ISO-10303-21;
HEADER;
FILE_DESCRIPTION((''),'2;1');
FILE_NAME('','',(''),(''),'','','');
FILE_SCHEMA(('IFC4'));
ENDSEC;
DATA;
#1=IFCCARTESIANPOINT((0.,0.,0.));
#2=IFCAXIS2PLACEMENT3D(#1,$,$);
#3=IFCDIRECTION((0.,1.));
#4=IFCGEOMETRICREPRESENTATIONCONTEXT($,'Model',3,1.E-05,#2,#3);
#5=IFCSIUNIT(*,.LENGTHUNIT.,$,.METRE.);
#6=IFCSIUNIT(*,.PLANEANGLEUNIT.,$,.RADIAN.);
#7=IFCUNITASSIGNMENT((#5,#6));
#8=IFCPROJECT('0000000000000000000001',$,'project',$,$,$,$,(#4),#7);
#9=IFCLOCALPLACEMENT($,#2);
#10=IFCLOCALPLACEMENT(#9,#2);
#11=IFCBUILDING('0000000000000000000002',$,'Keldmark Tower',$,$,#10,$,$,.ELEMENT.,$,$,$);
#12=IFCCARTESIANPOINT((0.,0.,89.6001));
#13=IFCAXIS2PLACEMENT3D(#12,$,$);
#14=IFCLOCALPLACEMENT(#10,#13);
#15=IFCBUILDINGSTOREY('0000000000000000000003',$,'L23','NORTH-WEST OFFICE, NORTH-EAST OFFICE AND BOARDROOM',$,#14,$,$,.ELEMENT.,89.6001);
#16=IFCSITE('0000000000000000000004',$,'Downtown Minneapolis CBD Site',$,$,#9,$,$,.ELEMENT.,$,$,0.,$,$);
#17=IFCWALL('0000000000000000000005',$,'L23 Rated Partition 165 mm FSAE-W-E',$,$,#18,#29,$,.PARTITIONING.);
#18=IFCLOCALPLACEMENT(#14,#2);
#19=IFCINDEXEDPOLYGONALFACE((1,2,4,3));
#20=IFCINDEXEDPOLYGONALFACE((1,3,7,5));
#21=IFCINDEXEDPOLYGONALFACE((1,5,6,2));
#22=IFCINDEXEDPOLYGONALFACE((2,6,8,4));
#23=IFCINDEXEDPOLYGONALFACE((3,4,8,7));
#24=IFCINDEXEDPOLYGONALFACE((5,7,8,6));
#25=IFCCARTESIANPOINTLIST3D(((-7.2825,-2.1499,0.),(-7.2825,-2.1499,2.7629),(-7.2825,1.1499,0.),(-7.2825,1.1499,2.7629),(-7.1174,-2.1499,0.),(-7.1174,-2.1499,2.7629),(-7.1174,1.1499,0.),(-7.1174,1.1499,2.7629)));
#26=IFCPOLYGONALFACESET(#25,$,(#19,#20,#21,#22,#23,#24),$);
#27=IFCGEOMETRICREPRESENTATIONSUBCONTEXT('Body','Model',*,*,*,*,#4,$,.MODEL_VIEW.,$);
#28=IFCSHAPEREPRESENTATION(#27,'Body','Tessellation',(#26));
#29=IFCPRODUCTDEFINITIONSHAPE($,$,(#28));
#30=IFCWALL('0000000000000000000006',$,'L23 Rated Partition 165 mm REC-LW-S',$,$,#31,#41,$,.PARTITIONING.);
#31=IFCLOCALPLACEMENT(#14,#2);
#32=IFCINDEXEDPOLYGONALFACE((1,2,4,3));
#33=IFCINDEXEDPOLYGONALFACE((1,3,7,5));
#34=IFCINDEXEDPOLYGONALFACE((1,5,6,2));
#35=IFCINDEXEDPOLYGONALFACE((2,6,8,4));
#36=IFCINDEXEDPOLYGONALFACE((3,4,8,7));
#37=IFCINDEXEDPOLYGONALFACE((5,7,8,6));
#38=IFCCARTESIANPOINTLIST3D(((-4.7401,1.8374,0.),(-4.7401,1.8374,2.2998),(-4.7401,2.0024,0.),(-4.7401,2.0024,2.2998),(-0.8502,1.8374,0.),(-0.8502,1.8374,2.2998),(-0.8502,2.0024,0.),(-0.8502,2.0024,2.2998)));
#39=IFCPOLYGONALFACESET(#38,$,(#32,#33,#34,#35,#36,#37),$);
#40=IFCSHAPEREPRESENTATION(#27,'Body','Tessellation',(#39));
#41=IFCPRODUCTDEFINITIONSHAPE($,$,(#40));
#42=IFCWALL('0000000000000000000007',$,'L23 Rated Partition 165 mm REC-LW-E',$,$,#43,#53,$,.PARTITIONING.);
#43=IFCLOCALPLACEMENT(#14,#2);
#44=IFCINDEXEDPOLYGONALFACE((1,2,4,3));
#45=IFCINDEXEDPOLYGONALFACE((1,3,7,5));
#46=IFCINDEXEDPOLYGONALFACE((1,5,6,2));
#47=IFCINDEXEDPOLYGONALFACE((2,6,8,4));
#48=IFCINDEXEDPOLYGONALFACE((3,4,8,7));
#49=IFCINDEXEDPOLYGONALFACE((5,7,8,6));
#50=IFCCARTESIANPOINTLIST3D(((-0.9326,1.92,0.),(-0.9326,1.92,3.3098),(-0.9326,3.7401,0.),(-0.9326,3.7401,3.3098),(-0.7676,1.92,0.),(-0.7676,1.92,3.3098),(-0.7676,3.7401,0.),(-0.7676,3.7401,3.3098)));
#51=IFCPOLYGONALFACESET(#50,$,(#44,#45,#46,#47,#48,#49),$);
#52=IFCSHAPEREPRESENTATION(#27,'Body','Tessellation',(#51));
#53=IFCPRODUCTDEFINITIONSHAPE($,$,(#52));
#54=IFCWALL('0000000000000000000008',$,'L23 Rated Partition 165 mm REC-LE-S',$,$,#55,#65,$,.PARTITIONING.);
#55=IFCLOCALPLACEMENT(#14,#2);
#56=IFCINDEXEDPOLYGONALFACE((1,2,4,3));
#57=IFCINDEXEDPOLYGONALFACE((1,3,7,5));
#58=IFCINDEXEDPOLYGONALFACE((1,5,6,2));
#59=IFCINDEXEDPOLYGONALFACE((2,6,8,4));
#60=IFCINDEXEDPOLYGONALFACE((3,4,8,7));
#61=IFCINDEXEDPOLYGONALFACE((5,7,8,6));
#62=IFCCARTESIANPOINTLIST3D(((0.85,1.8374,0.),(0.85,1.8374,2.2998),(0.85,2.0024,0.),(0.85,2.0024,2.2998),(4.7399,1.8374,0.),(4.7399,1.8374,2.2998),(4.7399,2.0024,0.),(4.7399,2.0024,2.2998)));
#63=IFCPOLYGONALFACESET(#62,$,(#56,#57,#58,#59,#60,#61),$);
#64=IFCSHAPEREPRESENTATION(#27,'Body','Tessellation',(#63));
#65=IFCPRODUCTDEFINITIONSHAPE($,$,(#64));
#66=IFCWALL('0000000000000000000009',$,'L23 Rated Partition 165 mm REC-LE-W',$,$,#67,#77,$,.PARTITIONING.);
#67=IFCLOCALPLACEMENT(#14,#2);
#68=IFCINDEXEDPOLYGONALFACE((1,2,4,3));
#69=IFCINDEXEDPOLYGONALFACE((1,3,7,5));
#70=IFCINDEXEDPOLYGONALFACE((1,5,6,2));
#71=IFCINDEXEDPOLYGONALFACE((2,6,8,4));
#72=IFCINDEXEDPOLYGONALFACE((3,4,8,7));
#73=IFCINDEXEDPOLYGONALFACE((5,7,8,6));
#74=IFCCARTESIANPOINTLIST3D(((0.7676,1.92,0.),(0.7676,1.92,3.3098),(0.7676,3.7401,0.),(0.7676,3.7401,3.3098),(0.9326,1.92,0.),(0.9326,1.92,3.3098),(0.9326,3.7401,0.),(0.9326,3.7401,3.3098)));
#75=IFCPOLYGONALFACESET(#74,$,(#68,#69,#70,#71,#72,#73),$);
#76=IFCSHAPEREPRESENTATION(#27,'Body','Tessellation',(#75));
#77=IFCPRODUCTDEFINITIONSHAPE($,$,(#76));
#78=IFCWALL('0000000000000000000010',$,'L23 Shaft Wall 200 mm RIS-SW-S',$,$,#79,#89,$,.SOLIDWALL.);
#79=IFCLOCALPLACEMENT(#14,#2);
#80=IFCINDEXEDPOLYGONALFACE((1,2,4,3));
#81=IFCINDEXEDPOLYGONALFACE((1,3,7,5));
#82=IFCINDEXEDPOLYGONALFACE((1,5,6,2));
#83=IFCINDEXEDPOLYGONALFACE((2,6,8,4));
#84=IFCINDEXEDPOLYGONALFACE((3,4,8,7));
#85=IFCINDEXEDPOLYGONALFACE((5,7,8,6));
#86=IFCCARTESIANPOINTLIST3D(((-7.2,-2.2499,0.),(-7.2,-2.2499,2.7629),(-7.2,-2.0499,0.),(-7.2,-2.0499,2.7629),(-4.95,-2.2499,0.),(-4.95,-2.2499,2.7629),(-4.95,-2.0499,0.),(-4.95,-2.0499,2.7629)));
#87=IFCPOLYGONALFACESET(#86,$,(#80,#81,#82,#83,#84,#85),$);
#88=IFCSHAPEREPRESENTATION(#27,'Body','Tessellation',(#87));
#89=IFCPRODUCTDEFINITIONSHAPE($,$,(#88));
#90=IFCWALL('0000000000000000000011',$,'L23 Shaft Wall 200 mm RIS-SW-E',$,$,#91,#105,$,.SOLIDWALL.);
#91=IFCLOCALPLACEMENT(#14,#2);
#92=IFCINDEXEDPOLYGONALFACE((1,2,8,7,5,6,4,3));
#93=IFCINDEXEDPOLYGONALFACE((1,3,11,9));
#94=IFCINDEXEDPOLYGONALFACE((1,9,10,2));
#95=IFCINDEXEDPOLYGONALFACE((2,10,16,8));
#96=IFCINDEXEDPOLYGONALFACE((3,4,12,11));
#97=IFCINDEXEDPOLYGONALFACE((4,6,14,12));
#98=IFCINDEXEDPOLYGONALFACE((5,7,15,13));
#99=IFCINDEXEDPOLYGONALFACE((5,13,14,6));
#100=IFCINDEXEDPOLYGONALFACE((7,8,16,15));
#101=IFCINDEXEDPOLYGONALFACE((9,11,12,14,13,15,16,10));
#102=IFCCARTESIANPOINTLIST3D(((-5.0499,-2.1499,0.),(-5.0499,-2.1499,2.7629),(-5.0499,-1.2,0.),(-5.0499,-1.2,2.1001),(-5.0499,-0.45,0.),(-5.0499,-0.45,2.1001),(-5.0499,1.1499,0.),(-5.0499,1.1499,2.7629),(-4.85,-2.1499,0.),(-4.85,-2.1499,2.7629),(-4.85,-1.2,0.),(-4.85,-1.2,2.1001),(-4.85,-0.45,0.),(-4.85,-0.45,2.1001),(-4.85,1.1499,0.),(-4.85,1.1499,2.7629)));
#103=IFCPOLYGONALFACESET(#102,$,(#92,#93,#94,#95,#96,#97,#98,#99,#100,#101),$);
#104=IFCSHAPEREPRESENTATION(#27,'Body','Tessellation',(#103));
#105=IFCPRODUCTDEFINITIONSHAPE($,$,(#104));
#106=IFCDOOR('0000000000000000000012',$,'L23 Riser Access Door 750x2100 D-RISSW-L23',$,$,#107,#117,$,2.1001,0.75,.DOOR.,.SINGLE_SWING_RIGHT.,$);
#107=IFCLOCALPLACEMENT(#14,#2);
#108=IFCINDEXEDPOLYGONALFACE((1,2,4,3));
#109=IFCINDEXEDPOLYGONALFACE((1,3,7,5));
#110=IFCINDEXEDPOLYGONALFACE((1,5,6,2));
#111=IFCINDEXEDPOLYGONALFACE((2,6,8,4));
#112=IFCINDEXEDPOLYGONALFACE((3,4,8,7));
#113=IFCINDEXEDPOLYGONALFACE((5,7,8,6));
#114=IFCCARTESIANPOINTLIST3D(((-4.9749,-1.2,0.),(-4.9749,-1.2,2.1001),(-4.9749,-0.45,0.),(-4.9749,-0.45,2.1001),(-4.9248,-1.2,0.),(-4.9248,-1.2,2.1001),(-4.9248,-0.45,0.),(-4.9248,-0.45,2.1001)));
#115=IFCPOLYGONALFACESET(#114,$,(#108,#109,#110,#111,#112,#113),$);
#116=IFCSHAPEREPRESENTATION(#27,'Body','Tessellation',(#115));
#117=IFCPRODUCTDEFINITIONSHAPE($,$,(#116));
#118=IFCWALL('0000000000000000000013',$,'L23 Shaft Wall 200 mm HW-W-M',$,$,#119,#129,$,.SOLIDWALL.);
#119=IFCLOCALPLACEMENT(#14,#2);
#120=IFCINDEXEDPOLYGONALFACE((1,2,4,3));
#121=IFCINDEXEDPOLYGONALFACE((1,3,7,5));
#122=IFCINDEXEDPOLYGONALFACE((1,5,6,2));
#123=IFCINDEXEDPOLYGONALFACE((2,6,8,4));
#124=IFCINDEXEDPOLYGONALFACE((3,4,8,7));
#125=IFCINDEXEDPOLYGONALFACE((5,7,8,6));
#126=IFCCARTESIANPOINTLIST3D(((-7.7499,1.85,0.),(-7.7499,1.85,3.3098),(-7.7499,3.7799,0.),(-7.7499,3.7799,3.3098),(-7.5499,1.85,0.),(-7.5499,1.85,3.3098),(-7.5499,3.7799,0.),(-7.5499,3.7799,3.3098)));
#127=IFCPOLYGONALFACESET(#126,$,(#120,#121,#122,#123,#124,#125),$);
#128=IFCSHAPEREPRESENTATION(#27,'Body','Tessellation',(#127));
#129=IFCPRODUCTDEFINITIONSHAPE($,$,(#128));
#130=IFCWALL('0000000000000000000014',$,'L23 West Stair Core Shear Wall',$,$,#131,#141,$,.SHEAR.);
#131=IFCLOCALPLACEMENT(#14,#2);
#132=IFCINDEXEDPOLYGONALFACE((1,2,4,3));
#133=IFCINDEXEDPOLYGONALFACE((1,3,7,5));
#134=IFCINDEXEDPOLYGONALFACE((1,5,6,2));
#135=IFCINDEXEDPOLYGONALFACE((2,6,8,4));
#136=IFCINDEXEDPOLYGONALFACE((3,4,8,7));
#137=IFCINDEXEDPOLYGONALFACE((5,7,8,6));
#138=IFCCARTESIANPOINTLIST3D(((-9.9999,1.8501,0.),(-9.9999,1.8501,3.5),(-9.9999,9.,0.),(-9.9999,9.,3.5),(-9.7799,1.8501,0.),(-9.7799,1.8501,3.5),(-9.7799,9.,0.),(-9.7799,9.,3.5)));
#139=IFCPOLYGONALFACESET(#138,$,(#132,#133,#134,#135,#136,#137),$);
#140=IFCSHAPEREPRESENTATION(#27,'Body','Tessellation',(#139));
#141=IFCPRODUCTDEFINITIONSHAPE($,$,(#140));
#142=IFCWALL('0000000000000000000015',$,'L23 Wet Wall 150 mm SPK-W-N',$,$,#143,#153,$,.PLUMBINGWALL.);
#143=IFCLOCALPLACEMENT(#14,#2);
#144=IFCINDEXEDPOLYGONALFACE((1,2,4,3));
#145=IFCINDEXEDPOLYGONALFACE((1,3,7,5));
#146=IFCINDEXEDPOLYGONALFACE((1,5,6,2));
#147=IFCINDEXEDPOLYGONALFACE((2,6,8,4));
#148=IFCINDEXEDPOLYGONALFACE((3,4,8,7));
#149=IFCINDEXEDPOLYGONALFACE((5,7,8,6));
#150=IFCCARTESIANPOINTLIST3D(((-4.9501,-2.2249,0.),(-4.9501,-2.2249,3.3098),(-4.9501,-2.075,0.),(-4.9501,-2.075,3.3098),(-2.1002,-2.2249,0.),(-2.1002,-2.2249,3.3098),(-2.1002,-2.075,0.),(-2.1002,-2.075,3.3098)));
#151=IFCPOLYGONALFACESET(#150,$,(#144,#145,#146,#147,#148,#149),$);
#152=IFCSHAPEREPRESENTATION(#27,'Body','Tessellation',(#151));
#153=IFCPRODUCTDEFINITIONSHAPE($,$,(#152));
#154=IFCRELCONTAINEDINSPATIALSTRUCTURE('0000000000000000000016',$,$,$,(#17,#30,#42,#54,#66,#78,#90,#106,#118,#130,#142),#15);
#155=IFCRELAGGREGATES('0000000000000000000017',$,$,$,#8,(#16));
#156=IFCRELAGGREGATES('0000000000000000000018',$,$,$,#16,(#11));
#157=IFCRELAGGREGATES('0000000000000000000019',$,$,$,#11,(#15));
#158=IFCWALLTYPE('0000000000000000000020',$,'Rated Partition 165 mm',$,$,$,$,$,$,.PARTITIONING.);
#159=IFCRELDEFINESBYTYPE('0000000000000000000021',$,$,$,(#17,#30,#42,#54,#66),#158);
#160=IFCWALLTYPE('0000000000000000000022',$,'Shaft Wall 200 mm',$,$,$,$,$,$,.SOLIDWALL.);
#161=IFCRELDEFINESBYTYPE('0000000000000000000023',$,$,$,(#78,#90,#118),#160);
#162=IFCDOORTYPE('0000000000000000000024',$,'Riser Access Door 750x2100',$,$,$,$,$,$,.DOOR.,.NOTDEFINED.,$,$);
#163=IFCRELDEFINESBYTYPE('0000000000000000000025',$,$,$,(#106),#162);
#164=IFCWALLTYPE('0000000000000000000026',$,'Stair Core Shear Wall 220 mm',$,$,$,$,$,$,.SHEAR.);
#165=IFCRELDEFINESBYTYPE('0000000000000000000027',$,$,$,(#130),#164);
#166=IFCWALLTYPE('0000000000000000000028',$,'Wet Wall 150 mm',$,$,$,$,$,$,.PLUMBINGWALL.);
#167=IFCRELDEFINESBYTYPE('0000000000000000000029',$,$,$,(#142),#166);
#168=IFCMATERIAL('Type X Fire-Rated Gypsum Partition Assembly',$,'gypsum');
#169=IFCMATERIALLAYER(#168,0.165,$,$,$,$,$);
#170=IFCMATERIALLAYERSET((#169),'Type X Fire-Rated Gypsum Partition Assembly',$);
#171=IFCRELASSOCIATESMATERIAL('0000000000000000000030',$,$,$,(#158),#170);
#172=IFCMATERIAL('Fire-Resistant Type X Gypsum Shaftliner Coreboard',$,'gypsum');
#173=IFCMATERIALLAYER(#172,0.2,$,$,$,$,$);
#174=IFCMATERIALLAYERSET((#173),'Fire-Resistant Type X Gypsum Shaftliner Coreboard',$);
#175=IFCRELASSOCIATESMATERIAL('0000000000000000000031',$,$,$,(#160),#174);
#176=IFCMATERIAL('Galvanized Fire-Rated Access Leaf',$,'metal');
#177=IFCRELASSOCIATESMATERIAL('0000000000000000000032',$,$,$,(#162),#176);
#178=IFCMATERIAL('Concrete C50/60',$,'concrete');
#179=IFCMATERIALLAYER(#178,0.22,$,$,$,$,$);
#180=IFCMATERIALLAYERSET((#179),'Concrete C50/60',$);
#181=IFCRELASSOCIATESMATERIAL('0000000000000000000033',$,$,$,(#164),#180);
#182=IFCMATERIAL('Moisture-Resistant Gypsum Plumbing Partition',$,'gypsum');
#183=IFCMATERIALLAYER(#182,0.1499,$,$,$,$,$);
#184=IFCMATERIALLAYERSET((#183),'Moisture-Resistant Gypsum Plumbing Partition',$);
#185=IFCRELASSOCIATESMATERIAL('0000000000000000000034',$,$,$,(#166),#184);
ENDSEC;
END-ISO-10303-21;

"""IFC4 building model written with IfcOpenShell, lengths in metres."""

from ifc_helpers import new_model, si_unit, direction, frame, frame_2d, origin, place, context, subcontext, project, spatial, rectangle, extrude, material, layer, layer_set, type_object, element, fill, save


model = new_model("IFC4")

# Units and contexts
model_context = context("Model", 3, precision=1e-05, world=origin(), true_north=direction((0.0, 1.0)))
body_context = subcontext(model_context, "Body", "Model", "MODEL_VIEW")
ifc_project = project(units=[si_unit("LENGTHUNIT", "METRE"), si_unit("PLANEANGLEUNIT", "RADIAN")], contexts=[model_context])

# Site, building, storey
site_placement = place(None, origin())
site = spatial("IfcSite", under=ifc_project, at=site_placement, Name="Downtown Minneapolis CBD Site", CompositionType="ELEMENT", RefElevation=0.0)
building_placement = place(site_placement, origin())
building = spatial("IfcBuilding", under=site, at=building_placement, Name="Keldmark Tower", CompositionType="ELEMENT")
storey_placement = place(building_placement, frame((0.0, 0.0, 89.6001)))
storey = spatial("IfcBuildingStorey", under=building, at=storey_placement, Name="L23", Description="NORTH-WEST OFFICE, NORTH-EAST OFFICE AND BOARDROOM", CompositionType="ELEMENT", Elevation=89.6001)

# Walls
ifc_material_1 = material(Name="Type X Fire-Rated Gypsum Partition Assembly", Category="gypsum")
ifc_layer_1 = layer(ifc_material_1, 0.165)
ifc_layer_set_1 = layer_set([ifc_layer_1], Name="Type X Fire-Rated Gypsum Partition Assembly")
wall_type_1 = type_object("IfcWallType", Name="Rated Partition 165 mm", PredefinedType="PARTITIONING", material=ifc_layer_set_1)
wall_1_placement = place(storey_placement, frame((-7.2, -2.1499, 0.0), z_axis=(0.0, 0.0, 1.0), x_axis=(0.0, 1.0, 0.0)))
element("IfcWall", 1, at=wall_1_placement, inside=storey, type_object=wall_type_1, Name="L23 Rated Partition 165 mm FSAE-W-E", PredefinedType="PARTITIONING", context=body_context, shape_type="SweptSolid", body=[
    extrude(rectangle(XDim=3.2998, YDim=0.165, at=frame_2d((1.6499, 0.0))), origin(), (0.0, 0.0, 1.0), 2.7629),
])
wall_2_placement = place(storey_placement, frame((-4.74, 1.9199, 0.0), z_axis=(0.0, 0.0, 1.0), x_axis=(1.0, 0.0, 0.0)))
element("IfcWall", 2, at=wall_2_placement, inside=storey, type_object=wall_type_1, Name="L23 Rated Partition 165 mm REC-LW-S", PredefinedType="PARTITIONING", context=body_context, shape_type="SweptSolid", body=[
    extrude(rectangle(XDim=3.8899, YDim=0.165, at=frame_2d((1.9448, 0.0))), origin(), (0.0, 0.0, 1.0), 2.2998),
])
wall_3_placement = place(storey_placement, frame((-0.8501, 1.9199, 0.0), z_axis=(0.0, 0.0, 1.0), x_axis=(0.0, 1.0, 0.0)))
element("IfcWall", 3, at=wall_3_placement, inside=storey, type_object=wall_type_1, Name="L23 Rated Partition 165 mm REC-LW-E", PredefinedType="PARTITIONING", context=body_context, shape_type="SweptSolid", body=[
    extrude(rectangle(XDim=1.8201, YDim=0.165, at=frame_2d((0.9102, 0.0))), origin(), (0.0, 0.0, 1.0), 3.3098),
])
wall_4_placement = place(storey_placement, frame((0.8501, 1.9199, 0.0), z_axis=(0.0, 0.0, 1.0), x_axis=(1.0, 0.0, 0.0)))
element("IfcWall", 4, at=wall_4_placement, inside=storey, type_object=wall_type_1, Name="L23 Rated Partition 165 mm REC-LE-S", PredefinedType="PARTITIONING", context=body_context, shape_type="SweptSolid", body=[
    extrude(rectangle(XDim=3.8899, YDim=0.165, at=frame_2d((1.9448, 0.0))), origin(), (0.0, 0.0, 1.0), 2.2998),
])
wall_5_placement = place(storey_placement, frame((0.8501, 1.9199, 0.0), z_axis=(0.0, 0.0, 1.0), x_axis=(0.0, 1.0, 0.0)))
element("IfcWall", 5, at=wall_5_placement, inside=storey, type_object=wall_type_1, Name="L23 Rated Partition 165 mm REC-LE-W", PredefinedType="PARTITIONING", context=body_context, shape_type="SweptSolid", body=[
    extrude(rectangle(XDim=1.8201, YDim=0.165, at=frame_2d((0.9102, 0.0))), origin(), (0.0, 0.0, 1.0), 3.3098),
])
ifc_material_2 = material(Name="Fire-Resistant Type X Gypsum Shaftliner Coreboard", Category="gypsum")
ifc_layer_2 = layer(ifc_material_2, 0.2)
ifc_layer_set_2 = layer_set([ifc_layer_2], Name="Fire-Resistant Type X Gypsum Shaftliner Coreboard")
wall_type_2 = type_object("IfcWallType", Name="Shaft Wall 200 mm", PredefinedType="SOLIDWALL", material=ifc_layer_set_2)
wall_6_placement = place(storey_placement, frame((-7.2, -2.1499, 0.0), z_axis=(0.0, 0.0, 1.0), x_axis=(1.0, 0.0, 0.0)))
element("IfcWall", 6, at=wall_6_placement, inside=storey, type_object=wall_type_2, Name="L23 Shaft Wall 200 mm RIS-SW-S", PredefinedType="SOLIDWALL", context=body_context, shape_type="SweptSolid", body=[
    extrude(rectangle(XDim=2.25, YDim=0.2, at=frame_2d((1.125, 0.0))), origin(), (0.0, 0.0, 1.0), 2.7629),
])

# Wall, opening, door
wall_7_placement = place(storey_placement, frame((-4.95, -2.1499, 0.0), z_axis=(0.0, 0.0, 1.0), x_axis=(0.0, 1.0, 0.0)))
wall_7 = element("IfcWall", 7, at=wall_7_placement, inside=storey, type_object=wall_type_2, Name="L23 Shaft Wall 200 mm RIS-SW-E", PredefinedType="SOLIDWALL", context=body_context, shape_type="SweptSolid", body=[
    extrude(rectangle(XDim=3.2998, YDim=0.2, at=frame_2d((1.6499, 0.0))), origin(), (0.0, 0.0, 1.0), 2.7629),
])
opening_1_placement = place(wall_7_placement, frame((0.95, 0.0, 0.0)))
opening_1 = element("IfcOpeningElement", 8, at=opening_1_placement, cuts=wall_7, PredefinedType="OPENING", context=body_context, shape_type="SweptSolid", body=[
    extrude(rectangle(XDim=0.75, YDim=2.1001, at=frame_2d((0.375, 1.05))), frame((0.0, 0.1099, 0.0), z_axis=(0.0, -1.0, 0.0), x_axis=(1.0, 0.0, 0.0)), (0.0, 0.0, 1.0), 0.22),
])
ifc_material_3 = material(Name="Galvanized Fire-Rated Access Leaf", Category="metal")
door_type_1 = type_object("IfcDoorType", Name="Riser Access Door 750x2100", OperationType="NOTDEFINED", PredefinedType="DOOR", material=ifc_material_3)
door_1_placement = place(opening_1_placement, origin())
door_1 = element("IfcDoor", 9, at=door_1_placement, inside=storey, type_object=door_type_1, Name="L23 Riser Access Door 750x2100 D-RISSW-L23", OperationType="SINGLE_SWING_RIGHT", OverallHeight=2.1001, OverallWidth=0.75, PredefinedType="DOOR", context=body_context, shape_type="SweptSolid", body=[
    extrude(rectangle(XDim=0.75, YDim=2.1001, at=frame_2d((0.375, 1.05))), frame((0.0, 0.0249, 0.0), z_axis=(0.0, -1.0, 0.0), x_axis=(1.0, 0.0, 0.0)), (0.0, 0.0, 1.0), 0.05),
])
fill(opening_1, door_1)

# Walls
wall_8_placement = place(storey_placement, frame((-7.6499, 1.8501, 0.0), z_axis=(0.0, 0.0, 1.0), x_axis=(0.0, 1.0, 0.0)))
element("IfcWall", 10, at=wall_8_placement, inside=storey, type_object=wall_type_2, Name="L23 Shaft Wall 200 mm HW-W-M", PredefinedType="SOLIDWALL", context=body_context, shape_type="SweptSolid", body=[
    extrude(rectangle(XDim=1.9299, YDim=0.2, at=frame_2d((0.9648, 0.0))), origin(), (0.0, 0.0, 1.0), 3.3098),
])
ifc_material_4 = material(Name="Concrete C50/60", Category="concrete")
ifc_layer_3 = layer(ifc_material_4, 0.22)
ifc_layer_set_3 = layer_set([ifc_layer_3], Name="Concrete C50/60")
wall_type_3 = type_object("IfcWallType", Name="Stair Core Shear Wall 220 mm", PredefinedType="SHEAR", material=ifc_layer_set_3)
wall_9_placement = place(storey_placement, frame((-9.8899, 1.8501, 0.0), z_axis=(0.0, 0.0, 1.0), x_axis=(0.0, 1.0, 0.0)))
element("IfcWall", 11, at=wall_9_placement, inside=storey, type_object=wall_type_3, Name="L23 West Stair Core Shear Wall", PredefinedType="SHEAR", context=body_context, shape_type="SweptSolid", body=[
    extrude(rectangle(XDim=7.1499, YDim=0.22, at=frame_2d((3.575, 0.0))), origin(), (0.0, 0.0, 1.0), 3.5),
])
ifc_material_5 = material(Name="Moisture-Resistant Gypsum Plumbing Partition", Category="gypsum")
ifc_layer_4 = layer(ifc_material_5, 0.1499)
ifc_layer_set_4 = layer_set([ifc_layer_4], Name="Moisture-Resistant Gypsum Plumbing Partition")
wall_type_4 = type_object("IfcWallType", Name="Wet Wall 150 mm", PredefinedType="PLUMBINGWALL", material=ifc_layer_set_4)
wall_10_placement = place(storey_placement, frame((-4.95, -2.1499, 0.0), z_axis=(0.0, 0.0, 1.0), x_axis=(1.0, 0.0, 0.0)))
element("IfcWall", 12, at=wall_10_placement, inside=storey, type_object=wall_type_4, Name="L23 Wet Wall 150 mm SPK-W-N", PredefinedType="PLUMBINGWALL", context=body_context, shape_type="SweptSolid", body=[
    extrude(rectangle(XDim=2.8499, YDim=0.1499, at=frame_2d((1.4248, 0.0))), origin(), (0.0, 0.0, 1.0), 3.3098),
])

save(model, "model.ifc")
